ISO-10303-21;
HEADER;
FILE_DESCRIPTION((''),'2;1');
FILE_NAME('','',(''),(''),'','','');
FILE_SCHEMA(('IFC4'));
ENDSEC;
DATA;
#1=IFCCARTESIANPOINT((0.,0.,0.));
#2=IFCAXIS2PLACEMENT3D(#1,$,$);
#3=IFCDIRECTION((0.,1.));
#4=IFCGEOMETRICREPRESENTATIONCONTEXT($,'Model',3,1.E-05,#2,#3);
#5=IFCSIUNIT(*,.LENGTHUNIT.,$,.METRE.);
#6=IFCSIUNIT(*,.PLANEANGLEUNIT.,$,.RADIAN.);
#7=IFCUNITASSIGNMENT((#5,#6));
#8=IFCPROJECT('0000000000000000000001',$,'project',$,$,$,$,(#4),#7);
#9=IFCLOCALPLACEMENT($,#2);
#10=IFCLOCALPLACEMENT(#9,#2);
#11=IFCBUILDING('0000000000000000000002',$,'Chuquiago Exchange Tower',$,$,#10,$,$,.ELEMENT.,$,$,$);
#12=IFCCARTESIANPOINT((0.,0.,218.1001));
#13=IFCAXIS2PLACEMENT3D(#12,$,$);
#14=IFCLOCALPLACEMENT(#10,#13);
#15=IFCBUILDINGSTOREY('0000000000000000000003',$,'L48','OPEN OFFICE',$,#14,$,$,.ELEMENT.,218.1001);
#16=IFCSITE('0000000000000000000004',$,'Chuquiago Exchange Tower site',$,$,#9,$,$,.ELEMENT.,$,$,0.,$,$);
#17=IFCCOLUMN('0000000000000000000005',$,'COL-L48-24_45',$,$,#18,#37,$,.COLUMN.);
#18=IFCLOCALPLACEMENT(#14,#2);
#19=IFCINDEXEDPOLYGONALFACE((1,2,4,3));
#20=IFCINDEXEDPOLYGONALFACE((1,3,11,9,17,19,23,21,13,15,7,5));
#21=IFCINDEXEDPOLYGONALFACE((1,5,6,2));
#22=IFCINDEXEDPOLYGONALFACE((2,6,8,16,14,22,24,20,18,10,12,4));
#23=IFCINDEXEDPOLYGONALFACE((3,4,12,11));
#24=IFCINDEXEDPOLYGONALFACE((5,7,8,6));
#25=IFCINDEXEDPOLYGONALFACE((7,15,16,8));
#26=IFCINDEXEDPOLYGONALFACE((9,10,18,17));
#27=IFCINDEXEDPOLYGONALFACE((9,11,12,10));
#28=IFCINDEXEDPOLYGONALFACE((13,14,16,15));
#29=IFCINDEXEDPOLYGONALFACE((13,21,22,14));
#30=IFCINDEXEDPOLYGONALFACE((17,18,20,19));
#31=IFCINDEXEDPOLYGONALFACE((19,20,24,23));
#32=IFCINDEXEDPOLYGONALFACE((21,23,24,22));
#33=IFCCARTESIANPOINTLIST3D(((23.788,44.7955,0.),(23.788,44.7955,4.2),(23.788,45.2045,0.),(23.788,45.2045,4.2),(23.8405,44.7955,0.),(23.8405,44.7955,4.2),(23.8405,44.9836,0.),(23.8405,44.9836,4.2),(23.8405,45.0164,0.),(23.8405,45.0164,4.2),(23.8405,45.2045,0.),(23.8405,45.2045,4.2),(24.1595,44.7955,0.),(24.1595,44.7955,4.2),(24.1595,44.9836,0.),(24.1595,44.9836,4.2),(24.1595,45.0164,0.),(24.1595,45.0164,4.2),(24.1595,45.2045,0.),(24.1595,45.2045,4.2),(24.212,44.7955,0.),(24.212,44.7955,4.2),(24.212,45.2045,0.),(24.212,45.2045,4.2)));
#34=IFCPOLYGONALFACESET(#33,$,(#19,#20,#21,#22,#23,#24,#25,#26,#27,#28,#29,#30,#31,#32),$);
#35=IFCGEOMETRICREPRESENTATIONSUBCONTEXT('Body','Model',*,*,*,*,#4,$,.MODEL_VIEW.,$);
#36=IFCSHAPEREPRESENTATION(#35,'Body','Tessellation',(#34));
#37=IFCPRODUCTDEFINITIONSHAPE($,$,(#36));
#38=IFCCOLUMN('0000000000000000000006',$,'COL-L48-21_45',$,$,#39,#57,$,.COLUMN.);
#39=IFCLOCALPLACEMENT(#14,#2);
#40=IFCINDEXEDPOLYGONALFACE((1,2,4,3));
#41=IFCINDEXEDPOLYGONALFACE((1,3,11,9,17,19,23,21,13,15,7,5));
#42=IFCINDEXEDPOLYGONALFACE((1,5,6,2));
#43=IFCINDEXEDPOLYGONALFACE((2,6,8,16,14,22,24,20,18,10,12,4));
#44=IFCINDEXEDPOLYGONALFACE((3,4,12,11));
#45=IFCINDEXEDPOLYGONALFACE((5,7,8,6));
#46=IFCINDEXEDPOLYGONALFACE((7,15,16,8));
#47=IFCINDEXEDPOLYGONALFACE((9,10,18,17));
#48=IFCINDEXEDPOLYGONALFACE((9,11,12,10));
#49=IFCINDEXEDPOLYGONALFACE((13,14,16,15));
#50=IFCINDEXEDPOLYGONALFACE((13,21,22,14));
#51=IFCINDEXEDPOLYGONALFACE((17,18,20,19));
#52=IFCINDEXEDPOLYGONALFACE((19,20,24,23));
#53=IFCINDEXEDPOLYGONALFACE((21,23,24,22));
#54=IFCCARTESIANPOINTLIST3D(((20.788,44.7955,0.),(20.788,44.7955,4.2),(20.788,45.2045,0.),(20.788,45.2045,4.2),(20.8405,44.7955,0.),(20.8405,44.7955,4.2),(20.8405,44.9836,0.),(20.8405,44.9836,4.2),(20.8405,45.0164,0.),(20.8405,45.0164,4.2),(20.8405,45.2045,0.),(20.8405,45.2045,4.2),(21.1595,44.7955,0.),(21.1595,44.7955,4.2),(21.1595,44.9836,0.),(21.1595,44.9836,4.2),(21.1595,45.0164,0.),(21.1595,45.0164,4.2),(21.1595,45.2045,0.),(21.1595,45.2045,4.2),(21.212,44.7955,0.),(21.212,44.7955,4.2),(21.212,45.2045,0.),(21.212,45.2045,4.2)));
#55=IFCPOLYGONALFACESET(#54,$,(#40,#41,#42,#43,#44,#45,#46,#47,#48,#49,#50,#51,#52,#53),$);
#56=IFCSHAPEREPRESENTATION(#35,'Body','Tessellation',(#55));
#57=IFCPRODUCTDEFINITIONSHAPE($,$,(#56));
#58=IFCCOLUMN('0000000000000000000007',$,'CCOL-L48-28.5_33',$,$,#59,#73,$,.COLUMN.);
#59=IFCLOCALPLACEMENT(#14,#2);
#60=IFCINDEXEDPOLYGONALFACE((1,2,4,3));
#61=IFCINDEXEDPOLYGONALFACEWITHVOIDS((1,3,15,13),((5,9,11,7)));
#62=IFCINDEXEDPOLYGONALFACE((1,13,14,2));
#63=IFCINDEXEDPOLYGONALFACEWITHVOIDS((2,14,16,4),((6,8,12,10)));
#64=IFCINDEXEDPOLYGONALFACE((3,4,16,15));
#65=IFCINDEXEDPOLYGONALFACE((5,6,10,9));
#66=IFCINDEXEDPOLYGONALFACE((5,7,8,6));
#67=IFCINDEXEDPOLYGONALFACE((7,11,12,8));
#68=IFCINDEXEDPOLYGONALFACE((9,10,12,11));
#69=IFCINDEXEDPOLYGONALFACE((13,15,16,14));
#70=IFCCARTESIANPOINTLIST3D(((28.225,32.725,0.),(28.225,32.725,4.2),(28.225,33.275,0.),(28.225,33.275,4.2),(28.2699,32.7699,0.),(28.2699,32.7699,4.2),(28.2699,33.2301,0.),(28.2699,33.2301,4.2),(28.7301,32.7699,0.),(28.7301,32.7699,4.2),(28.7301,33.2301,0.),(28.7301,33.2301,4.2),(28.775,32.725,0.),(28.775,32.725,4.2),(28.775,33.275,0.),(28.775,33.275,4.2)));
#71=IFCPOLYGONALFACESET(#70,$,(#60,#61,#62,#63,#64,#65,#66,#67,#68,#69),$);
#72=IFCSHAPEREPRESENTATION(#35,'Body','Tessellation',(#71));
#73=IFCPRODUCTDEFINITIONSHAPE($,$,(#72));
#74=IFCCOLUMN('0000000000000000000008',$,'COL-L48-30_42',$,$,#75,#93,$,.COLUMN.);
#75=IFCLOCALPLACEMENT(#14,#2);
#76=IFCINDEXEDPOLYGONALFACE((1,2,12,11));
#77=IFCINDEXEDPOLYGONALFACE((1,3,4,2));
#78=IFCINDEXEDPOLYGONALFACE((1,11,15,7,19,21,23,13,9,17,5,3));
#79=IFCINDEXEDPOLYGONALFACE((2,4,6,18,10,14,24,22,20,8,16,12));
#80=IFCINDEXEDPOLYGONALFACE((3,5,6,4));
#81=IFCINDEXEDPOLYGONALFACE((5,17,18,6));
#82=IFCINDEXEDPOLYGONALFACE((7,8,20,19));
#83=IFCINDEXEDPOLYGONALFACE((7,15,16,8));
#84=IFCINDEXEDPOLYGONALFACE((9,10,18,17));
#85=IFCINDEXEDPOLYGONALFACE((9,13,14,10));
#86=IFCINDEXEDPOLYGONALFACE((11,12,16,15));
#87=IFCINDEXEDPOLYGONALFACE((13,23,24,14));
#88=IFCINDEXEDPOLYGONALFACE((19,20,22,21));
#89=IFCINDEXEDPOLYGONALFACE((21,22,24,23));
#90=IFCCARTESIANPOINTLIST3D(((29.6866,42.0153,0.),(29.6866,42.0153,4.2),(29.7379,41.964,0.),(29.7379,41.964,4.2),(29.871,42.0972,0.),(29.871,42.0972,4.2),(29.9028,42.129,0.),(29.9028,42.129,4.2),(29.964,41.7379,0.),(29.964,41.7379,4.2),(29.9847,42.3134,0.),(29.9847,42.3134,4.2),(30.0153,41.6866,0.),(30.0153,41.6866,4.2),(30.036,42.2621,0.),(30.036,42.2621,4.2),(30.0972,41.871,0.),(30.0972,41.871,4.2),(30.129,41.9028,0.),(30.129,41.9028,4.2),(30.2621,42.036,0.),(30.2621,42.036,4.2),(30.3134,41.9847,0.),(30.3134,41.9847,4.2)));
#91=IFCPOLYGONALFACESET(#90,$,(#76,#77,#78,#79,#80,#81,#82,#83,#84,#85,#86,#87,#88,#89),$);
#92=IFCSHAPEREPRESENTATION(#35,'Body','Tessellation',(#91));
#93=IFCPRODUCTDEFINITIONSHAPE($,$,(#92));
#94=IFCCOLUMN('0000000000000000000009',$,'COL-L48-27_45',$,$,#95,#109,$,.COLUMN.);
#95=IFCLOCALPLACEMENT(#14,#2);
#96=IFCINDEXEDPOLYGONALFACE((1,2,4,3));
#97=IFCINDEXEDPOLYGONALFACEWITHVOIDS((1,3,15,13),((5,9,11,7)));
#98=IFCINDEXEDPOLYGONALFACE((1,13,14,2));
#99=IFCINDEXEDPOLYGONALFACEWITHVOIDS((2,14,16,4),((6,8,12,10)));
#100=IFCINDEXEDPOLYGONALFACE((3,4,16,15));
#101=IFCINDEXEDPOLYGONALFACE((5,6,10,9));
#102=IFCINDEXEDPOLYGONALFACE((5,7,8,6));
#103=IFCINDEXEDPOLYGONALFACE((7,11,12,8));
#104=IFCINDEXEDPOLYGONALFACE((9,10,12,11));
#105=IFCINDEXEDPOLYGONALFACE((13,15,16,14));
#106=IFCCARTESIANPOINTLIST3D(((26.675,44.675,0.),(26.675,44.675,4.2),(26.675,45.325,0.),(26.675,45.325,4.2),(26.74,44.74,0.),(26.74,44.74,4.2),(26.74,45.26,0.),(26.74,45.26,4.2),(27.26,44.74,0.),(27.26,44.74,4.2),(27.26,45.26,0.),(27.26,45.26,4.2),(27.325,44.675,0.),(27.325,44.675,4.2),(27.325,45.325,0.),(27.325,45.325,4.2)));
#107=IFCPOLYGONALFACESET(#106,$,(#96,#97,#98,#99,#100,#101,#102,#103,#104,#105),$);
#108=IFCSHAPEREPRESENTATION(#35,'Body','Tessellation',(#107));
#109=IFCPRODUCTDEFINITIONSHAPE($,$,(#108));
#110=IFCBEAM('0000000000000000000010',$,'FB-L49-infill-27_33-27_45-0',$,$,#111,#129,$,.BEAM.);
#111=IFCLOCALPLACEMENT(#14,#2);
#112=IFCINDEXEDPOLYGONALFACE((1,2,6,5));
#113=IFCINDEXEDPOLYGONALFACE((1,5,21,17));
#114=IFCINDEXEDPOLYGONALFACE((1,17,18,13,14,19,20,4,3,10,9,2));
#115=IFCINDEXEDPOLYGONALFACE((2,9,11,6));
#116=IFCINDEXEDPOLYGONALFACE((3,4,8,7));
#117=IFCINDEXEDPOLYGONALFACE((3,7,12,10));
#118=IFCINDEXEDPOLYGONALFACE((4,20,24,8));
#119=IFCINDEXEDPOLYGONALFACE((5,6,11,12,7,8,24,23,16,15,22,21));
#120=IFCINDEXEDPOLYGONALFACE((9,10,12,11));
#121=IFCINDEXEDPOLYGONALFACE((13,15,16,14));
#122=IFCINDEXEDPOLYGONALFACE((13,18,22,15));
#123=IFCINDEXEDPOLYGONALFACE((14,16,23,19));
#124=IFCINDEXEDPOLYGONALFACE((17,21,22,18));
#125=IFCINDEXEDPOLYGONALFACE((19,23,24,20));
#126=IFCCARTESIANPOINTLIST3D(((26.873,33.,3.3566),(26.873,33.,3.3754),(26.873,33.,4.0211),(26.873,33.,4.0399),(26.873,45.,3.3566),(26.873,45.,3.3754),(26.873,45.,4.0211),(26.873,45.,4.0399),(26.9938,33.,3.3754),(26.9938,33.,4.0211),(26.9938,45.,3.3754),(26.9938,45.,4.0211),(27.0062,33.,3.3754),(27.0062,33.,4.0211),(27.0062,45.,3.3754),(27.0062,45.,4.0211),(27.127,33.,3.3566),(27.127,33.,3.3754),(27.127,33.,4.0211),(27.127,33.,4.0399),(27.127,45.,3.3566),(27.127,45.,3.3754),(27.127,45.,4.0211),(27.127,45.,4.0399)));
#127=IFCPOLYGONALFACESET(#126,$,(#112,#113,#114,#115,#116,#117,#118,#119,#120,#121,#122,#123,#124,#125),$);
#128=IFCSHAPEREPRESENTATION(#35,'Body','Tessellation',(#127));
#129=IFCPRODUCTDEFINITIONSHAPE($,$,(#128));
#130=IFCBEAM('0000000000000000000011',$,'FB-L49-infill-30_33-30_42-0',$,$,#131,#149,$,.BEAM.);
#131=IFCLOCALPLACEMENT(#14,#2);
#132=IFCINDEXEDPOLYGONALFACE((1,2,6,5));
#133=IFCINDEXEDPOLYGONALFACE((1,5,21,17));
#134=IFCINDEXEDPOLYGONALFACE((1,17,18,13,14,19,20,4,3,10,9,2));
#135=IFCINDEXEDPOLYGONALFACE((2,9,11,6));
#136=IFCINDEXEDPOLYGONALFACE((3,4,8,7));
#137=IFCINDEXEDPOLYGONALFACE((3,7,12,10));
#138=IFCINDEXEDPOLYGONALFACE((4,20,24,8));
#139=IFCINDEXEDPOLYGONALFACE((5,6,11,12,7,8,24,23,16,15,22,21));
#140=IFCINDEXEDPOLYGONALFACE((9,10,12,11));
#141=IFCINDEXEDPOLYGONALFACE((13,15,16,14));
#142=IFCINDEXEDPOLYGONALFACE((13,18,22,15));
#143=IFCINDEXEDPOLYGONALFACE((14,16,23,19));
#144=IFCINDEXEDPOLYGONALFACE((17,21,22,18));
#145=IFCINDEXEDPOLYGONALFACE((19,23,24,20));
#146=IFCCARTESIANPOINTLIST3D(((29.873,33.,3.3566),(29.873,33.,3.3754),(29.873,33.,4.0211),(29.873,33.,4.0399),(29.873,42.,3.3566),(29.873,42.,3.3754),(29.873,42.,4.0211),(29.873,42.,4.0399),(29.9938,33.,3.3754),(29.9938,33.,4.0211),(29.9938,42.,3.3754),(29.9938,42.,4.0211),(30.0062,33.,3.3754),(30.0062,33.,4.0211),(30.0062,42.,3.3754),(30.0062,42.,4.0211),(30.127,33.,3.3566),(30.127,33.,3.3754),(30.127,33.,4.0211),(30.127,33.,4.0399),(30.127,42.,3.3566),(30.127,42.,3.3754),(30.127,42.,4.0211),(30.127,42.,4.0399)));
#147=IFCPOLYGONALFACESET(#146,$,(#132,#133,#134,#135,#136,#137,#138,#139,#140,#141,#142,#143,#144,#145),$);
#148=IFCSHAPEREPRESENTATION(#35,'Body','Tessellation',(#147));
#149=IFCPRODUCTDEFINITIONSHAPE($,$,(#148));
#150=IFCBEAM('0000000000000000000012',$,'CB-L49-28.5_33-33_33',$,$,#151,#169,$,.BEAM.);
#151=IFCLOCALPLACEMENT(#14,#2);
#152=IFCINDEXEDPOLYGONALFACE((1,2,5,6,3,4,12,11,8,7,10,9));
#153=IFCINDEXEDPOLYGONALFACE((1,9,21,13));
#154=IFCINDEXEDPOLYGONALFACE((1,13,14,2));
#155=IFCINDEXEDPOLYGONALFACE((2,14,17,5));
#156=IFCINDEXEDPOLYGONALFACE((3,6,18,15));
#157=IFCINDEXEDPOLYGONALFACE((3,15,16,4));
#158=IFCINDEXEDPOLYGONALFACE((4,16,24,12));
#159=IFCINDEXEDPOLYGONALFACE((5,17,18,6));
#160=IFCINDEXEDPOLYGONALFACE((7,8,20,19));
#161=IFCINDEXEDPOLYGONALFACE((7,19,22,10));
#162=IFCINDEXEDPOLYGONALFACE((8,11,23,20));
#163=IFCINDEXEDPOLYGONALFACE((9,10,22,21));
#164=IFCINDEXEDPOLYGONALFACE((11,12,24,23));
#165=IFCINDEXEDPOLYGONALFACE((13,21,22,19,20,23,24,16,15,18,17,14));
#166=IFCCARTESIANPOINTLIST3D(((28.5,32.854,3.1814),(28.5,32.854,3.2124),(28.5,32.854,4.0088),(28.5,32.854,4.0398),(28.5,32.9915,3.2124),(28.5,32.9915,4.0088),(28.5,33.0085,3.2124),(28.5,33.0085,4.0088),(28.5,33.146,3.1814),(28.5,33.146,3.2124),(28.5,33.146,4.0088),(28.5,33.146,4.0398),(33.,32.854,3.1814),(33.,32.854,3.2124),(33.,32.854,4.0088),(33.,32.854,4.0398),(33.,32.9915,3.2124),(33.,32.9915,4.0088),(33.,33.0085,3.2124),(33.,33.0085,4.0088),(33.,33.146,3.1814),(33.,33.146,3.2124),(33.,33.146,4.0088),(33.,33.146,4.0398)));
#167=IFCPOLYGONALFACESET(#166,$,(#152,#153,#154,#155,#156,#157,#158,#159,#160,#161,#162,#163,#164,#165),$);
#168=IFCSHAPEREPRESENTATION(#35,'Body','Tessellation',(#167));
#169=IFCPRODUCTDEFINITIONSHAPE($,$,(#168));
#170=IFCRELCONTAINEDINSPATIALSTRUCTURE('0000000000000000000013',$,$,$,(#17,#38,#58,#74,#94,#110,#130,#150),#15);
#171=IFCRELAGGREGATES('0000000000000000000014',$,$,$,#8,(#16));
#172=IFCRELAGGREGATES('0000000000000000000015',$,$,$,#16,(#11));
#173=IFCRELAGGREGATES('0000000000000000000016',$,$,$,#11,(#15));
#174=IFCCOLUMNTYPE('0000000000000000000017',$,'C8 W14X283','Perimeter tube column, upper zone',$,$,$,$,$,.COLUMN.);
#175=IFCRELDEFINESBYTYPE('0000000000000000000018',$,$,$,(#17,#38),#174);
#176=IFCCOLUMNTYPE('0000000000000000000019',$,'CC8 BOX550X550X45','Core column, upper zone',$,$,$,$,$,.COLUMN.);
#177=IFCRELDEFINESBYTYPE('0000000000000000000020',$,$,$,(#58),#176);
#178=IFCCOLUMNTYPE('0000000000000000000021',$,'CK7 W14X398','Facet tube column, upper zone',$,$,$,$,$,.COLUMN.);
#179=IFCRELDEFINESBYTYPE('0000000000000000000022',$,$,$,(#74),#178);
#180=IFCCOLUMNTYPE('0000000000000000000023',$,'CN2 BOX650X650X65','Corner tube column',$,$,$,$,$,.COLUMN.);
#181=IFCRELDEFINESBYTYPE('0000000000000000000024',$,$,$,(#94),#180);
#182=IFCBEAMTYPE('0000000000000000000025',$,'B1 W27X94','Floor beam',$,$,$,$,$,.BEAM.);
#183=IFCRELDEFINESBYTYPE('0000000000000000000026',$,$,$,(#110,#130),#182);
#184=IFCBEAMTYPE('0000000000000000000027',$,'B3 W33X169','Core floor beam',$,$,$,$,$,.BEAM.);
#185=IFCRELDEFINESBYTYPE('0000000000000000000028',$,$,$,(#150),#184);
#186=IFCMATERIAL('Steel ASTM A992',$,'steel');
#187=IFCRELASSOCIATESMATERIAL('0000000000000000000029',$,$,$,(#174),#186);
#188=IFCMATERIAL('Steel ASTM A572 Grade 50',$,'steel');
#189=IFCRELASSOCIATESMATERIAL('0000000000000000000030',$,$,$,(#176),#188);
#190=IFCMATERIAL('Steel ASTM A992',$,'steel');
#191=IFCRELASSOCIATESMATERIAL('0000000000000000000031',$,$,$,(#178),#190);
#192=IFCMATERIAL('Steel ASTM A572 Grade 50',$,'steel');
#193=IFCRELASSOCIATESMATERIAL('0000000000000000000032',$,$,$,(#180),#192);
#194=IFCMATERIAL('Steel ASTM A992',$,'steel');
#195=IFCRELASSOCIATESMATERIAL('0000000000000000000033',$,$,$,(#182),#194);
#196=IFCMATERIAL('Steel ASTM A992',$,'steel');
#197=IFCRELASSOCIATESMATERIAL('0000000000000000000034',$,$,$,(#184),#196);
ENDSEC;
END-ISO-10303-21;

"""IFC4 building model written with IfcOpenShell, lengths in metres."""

from ifc_helpers import new_model, si_unit, direction, frame, origin, origin_2d, place, context, subcontext, project, spatial, hollow_rectangle, i_section, extrude, material, material_profile, profile_set, type_object, element, save


model = new_model("IFC4")

# Units and contexts
model_context = context("Model", 3, precision=1e-05, world=origin(), true_north=direction((0.0, 1.0)))
body_context = subcontext(model_context, "Body", "Model", "MODEL_VIEW")
ifc_project = project(units=[si_unit("LENGTHUNIT", "METRE"), si_unit("PLANEANGLEUNIT", "RADIAN")], contexts=[model_context])

# Site, building, storey
site_placement = place(None, origin())
site = spatial("IfcSite", under=ifc_project, at=site_placement, Name="Chuquiago Exchange Tower site", CompositionType="ELEMENT", RefElevation=0.0)
building_placement = place(site_placement, origin())
building = spatial("IfcBuilding", under=site, at=building_placement, Name="Chuquiago Exchange Tower", CompositionType="ELEMENT")
storey_placement = place(building_placement, frame((0.0, 0.0, 218.1001)))
storey = spatial("IfcBuildingStorey", under=building, at=storey_placement, Name="L48", Description="OPEN OFFICE", CompositionType="ELEMENT", Elevation=218.1001)

# Columns
ifc_material_1 = material(Name="Steel ASTM A992", Category="steel")
ifc_material_profile_1 = material_profile(ifc_material_1, i_section(OverallWidth=0.4089, OverallDepth=0.4241, WebThickness=0.0327, FlangeThickness=0.0525, at=origin_2d()), Name="W14X283")
ifc_profile_set_1 = profile_set([ifc_material_profile_1], Name="Steel ASTM A992")
column_type_1 = type_object("IfcColumnType", Name="C8 W14X283", Description="Perimeter tube column, upper zone", PredefinedType="COLUMN", material=ifc_profile_set_1)
for number, where, z_axis, x_axis, name in (
    (1, (24.0, 45.0, 0.0), (0.0, 0.0, 1.0), (0.0, 1.0, 0.0), "COL-L48-24_45"),
    (2, (21.0, 45.0, 0.0), (0.0, 0.0, 1.0), (0.0, 1.0, 0.0), "COL-L48-21_45"),
):
    element("IfcColumn", number, at=place(storey_placement, frame(where, z_axis=z_axis, x_axis=x_axis)), inside=storey, type_object=column_type_1, Name=name, PredefinedType="COLUMN", context=body_context, shape_type="SweptSolid", body=[
        extrude(i_section(OverallWidth=0.4089, OverallDepth=0.4241, WebThickness=0.0327, FlangeThickness=0.0525, at=origin_2d()), origin(), (0.0, 0.0, 1.0), 4.2),
    ])
ifc_material_2 = material(Name="Steel ASTM A572 Grade 50", Category="steel")
ifc_material_profile_2 = material_profile(ifc_material_2, hollow_rectangle(XDim=0.55, YDim=0.55, WallThickness=0.0449, at=origin_2d()), Name="BOX550X550X45")
ifc_profile_set_2 = profile_set([ifc_material_profile_2], Name="Steel ASTM A572 Grade 50")
column_type_2 = type_object("IfcColumnType", Name="CC8 BOX550X550X45", Description="Core column, upper zone", PredefinedType="COLUMN", material=ifc_profile_set_2)
column_1_placement = place(storey_placement, frame((28.5, 33.0, 0.0), z_axis=(0.0, 0.0, 1.0), x_axis=(1.0, 0.0, 0.0)))
element("IfcColumn", 3, at=column_1_placement, inside=storey, type_object=column_type_2, Name="CCOL-L48-28.5_33", PredefinedType="COLUMN", context=body_context, shape_type="SweptSolid", body=[
    extrude(hollow_rectangle(XDim=0.55, YDim=0.55, WallThickness=0.0449, at=origin_2d()), origin(), (0.0, 0.0, 1.0), 4.2),
])
ifc_material_3 = material(Name="Steel ASTM A992", Category="steel")
ifc_material_profile_3 = material_profile(ifc_material_3, i_section(OverallWidth=0.4216, OverallDepth=0.4648, WebThickness=0.0449, FlangeThickness=0.0725, at=origin_2d()), Name="W14X398")
ifc_profile_set_3 = profile_set([ifc_material_profile_3], Name="Steel ASTM A992")
column_type_3 = type_object("IfcColumnType", Name="CK7 W14X398", Description="Facet tube column, upper zone", PredefinedType="COLUMN", material=ifc_profile_set_3)
column_2_placement = place(storey_placement, frame((30.0, 42.0, 0.0), z_axis=(0.0, 0.0, 1.0), x_axis=(0.707107, 0.707107, 0.0)))
element("IfcColumn", 4, at=column_2_placement, inside=storey, type_object=column_type_3, Name="COL-L48-30_42", PredefinedType="COLUMN", context=body_context, shape_type="SweptSolid", body=[
    extrude(i_section(OverallWidth=0.4216, OverallDepth=0.4648, WebThickness=0.0449, FlangeThickness=0.0725, at=origin_2d()), origin(), (0.0, 0.0, 1.0), 4.2),
])
ifc_material_4 = material(Name="Steel ASTM A572 Grade 50", Category="steel")
ifc_material_profile_4 = material_profile(ifc_material_4, hollow_rectangle(XDim=0.6499, YDim=0.6499, WallThickness=0.0649, at=origin_2d()), Name="BOX650X650X65")
ifc_profile_set_4 = profile_set([ifc_material_profile_4], Name="Steel ASTM A572 Grade 50")
column_type_4 = type_object("IfcColumnType", Name="CN2 BOX650X650X65", Description="Corner tube column", PredefinedType="COLUMN", material=ifc_profile_set_4)
column_3_placement = place(storey_placement, frame((27.0, 45.0, 0.0), z_axis=(0.0, 0.0, 1.0), x_axis=(0.0, 1.0, 0.0)))
element("IfcColumn", 5, at=column_3_placement, inside=storey, type_object=column_type_4, Name="COL-L48-27_45", PredefinedType="COLUMN", context=body_context, shape_type="SweptSolid", body=[
    extrude(hollow_rectangle(XDim=0.6499, YDim=0.6499, WallThickness=0.0649, at=origin_2d()), origin(), (0.0, 0.0, 1.0), 4.2),
])

# Beams
ifc_material_5 = material(Name="Steel ASTM A992", Category="steel")
ifc_material_profile_5 = material_profile(ifc_material_5, i_section(OverallWidth=0.2539, OverallDepth=0.6833, WebThickness=0.0125, FlangeThickness=0.0188, at=origin_2d()), Name="W27X94")
ifc_profile_set_5 = profile_set([ifc_material_profile_5], Name="Steel ASTM A992")
beam_type_1 = type_object("IfcBeamType", Name="B1 W27X94", Description="Floor beam", PredefinedType="BEAM", material=ifc_profile_set_5)
beam_1_placement = place(storey_placement, frame((27.0, 33.0, 3.6982), z_axis=(0.0, 1.0, 0.0), x_axis=(-1.0, 0.0, 0.0)))
element("IfcBeam", 6, at=beam_1_placement, inside=storey, type_object=beam_type_1, Name="FB-L49-infill-27_33-27_45-0", PredefinedType="BEAM", context=body_context, shape_type="SweptSolid", body=[
    extrude(i_section(OverallWidth=0.2539, OverallDepth=0.6833, WebThickness=0.0125, FlangeThickness=0.0188, at=origin_2d()), origin(), (0.0, 0.0, 1.0), 12.0),
])
beam_2_placement = place(storey_placement, frame((30.0, 33.0, 3.6982), z_axis=(0.0, 1.0, 0.0), x_axis=(-1.0, 0.0, 0.0)))
element("IfcBeam", 7, at=beam_2_placement, inside=storey, type_object=beam_type_1, Name="FB-L49-infill-30_33-30_42-0", PredefinedType="BEAM", context=body_context, shape_type="SweptSolid", body=[
    extrude(i_section(OverallWidth=0.2539, OverallDepth=0.6833, WebThickness=0.0125, FlangeThickness=0.0188, at=origin_2d()), origin(), (0.0, 0.0, 1.0), 9.0),
])
ifc_material_6 = material(Name="Steel ASTM A992", Category="steel")
ifc_material_profile_6 = material_profile(ifc_material_6, i_section(OverallWidth=0.292, OverallDepth=0.8584, WebThickness=0.0171, FlangeThickness=0.031, at=origin_2d()), Name="W33X169")
ifc_profile_set_6 = profile_set([ifc_material_profile_6], Name="Steel ASTM A992")
beam_type_2 = type_object("IfcBeamType", Name="B3 W33X169", Description="Core floor beam", PredefinedType="BEAM", material=ifc_profile_set_6)
beam_3_placement = place(storey_placement, frame((28.5, 33.0, 3.6106), z_axis=(1.0, 0.0, 0.0), x_axis=(0.0, 1.0, 0.0)))
element("IfcBeam", 8, at=beam_3_placement, inside=storey, type_object=beam_type_2, Name="CB-L49-28.5_33-33_33", PredefinedType="BEAM", context=body_context, shape_type="SweptSolid", body=[
    extrude(i_section(OverallWidth=0.292, OverallDepth=0.8584, WebThickness=0.0171, FlangeThickness=0.031, at=origin_2d()), origin(), (0.0, 0.0, 1.0), 4.5),
])

save(model, "model.ifc")
